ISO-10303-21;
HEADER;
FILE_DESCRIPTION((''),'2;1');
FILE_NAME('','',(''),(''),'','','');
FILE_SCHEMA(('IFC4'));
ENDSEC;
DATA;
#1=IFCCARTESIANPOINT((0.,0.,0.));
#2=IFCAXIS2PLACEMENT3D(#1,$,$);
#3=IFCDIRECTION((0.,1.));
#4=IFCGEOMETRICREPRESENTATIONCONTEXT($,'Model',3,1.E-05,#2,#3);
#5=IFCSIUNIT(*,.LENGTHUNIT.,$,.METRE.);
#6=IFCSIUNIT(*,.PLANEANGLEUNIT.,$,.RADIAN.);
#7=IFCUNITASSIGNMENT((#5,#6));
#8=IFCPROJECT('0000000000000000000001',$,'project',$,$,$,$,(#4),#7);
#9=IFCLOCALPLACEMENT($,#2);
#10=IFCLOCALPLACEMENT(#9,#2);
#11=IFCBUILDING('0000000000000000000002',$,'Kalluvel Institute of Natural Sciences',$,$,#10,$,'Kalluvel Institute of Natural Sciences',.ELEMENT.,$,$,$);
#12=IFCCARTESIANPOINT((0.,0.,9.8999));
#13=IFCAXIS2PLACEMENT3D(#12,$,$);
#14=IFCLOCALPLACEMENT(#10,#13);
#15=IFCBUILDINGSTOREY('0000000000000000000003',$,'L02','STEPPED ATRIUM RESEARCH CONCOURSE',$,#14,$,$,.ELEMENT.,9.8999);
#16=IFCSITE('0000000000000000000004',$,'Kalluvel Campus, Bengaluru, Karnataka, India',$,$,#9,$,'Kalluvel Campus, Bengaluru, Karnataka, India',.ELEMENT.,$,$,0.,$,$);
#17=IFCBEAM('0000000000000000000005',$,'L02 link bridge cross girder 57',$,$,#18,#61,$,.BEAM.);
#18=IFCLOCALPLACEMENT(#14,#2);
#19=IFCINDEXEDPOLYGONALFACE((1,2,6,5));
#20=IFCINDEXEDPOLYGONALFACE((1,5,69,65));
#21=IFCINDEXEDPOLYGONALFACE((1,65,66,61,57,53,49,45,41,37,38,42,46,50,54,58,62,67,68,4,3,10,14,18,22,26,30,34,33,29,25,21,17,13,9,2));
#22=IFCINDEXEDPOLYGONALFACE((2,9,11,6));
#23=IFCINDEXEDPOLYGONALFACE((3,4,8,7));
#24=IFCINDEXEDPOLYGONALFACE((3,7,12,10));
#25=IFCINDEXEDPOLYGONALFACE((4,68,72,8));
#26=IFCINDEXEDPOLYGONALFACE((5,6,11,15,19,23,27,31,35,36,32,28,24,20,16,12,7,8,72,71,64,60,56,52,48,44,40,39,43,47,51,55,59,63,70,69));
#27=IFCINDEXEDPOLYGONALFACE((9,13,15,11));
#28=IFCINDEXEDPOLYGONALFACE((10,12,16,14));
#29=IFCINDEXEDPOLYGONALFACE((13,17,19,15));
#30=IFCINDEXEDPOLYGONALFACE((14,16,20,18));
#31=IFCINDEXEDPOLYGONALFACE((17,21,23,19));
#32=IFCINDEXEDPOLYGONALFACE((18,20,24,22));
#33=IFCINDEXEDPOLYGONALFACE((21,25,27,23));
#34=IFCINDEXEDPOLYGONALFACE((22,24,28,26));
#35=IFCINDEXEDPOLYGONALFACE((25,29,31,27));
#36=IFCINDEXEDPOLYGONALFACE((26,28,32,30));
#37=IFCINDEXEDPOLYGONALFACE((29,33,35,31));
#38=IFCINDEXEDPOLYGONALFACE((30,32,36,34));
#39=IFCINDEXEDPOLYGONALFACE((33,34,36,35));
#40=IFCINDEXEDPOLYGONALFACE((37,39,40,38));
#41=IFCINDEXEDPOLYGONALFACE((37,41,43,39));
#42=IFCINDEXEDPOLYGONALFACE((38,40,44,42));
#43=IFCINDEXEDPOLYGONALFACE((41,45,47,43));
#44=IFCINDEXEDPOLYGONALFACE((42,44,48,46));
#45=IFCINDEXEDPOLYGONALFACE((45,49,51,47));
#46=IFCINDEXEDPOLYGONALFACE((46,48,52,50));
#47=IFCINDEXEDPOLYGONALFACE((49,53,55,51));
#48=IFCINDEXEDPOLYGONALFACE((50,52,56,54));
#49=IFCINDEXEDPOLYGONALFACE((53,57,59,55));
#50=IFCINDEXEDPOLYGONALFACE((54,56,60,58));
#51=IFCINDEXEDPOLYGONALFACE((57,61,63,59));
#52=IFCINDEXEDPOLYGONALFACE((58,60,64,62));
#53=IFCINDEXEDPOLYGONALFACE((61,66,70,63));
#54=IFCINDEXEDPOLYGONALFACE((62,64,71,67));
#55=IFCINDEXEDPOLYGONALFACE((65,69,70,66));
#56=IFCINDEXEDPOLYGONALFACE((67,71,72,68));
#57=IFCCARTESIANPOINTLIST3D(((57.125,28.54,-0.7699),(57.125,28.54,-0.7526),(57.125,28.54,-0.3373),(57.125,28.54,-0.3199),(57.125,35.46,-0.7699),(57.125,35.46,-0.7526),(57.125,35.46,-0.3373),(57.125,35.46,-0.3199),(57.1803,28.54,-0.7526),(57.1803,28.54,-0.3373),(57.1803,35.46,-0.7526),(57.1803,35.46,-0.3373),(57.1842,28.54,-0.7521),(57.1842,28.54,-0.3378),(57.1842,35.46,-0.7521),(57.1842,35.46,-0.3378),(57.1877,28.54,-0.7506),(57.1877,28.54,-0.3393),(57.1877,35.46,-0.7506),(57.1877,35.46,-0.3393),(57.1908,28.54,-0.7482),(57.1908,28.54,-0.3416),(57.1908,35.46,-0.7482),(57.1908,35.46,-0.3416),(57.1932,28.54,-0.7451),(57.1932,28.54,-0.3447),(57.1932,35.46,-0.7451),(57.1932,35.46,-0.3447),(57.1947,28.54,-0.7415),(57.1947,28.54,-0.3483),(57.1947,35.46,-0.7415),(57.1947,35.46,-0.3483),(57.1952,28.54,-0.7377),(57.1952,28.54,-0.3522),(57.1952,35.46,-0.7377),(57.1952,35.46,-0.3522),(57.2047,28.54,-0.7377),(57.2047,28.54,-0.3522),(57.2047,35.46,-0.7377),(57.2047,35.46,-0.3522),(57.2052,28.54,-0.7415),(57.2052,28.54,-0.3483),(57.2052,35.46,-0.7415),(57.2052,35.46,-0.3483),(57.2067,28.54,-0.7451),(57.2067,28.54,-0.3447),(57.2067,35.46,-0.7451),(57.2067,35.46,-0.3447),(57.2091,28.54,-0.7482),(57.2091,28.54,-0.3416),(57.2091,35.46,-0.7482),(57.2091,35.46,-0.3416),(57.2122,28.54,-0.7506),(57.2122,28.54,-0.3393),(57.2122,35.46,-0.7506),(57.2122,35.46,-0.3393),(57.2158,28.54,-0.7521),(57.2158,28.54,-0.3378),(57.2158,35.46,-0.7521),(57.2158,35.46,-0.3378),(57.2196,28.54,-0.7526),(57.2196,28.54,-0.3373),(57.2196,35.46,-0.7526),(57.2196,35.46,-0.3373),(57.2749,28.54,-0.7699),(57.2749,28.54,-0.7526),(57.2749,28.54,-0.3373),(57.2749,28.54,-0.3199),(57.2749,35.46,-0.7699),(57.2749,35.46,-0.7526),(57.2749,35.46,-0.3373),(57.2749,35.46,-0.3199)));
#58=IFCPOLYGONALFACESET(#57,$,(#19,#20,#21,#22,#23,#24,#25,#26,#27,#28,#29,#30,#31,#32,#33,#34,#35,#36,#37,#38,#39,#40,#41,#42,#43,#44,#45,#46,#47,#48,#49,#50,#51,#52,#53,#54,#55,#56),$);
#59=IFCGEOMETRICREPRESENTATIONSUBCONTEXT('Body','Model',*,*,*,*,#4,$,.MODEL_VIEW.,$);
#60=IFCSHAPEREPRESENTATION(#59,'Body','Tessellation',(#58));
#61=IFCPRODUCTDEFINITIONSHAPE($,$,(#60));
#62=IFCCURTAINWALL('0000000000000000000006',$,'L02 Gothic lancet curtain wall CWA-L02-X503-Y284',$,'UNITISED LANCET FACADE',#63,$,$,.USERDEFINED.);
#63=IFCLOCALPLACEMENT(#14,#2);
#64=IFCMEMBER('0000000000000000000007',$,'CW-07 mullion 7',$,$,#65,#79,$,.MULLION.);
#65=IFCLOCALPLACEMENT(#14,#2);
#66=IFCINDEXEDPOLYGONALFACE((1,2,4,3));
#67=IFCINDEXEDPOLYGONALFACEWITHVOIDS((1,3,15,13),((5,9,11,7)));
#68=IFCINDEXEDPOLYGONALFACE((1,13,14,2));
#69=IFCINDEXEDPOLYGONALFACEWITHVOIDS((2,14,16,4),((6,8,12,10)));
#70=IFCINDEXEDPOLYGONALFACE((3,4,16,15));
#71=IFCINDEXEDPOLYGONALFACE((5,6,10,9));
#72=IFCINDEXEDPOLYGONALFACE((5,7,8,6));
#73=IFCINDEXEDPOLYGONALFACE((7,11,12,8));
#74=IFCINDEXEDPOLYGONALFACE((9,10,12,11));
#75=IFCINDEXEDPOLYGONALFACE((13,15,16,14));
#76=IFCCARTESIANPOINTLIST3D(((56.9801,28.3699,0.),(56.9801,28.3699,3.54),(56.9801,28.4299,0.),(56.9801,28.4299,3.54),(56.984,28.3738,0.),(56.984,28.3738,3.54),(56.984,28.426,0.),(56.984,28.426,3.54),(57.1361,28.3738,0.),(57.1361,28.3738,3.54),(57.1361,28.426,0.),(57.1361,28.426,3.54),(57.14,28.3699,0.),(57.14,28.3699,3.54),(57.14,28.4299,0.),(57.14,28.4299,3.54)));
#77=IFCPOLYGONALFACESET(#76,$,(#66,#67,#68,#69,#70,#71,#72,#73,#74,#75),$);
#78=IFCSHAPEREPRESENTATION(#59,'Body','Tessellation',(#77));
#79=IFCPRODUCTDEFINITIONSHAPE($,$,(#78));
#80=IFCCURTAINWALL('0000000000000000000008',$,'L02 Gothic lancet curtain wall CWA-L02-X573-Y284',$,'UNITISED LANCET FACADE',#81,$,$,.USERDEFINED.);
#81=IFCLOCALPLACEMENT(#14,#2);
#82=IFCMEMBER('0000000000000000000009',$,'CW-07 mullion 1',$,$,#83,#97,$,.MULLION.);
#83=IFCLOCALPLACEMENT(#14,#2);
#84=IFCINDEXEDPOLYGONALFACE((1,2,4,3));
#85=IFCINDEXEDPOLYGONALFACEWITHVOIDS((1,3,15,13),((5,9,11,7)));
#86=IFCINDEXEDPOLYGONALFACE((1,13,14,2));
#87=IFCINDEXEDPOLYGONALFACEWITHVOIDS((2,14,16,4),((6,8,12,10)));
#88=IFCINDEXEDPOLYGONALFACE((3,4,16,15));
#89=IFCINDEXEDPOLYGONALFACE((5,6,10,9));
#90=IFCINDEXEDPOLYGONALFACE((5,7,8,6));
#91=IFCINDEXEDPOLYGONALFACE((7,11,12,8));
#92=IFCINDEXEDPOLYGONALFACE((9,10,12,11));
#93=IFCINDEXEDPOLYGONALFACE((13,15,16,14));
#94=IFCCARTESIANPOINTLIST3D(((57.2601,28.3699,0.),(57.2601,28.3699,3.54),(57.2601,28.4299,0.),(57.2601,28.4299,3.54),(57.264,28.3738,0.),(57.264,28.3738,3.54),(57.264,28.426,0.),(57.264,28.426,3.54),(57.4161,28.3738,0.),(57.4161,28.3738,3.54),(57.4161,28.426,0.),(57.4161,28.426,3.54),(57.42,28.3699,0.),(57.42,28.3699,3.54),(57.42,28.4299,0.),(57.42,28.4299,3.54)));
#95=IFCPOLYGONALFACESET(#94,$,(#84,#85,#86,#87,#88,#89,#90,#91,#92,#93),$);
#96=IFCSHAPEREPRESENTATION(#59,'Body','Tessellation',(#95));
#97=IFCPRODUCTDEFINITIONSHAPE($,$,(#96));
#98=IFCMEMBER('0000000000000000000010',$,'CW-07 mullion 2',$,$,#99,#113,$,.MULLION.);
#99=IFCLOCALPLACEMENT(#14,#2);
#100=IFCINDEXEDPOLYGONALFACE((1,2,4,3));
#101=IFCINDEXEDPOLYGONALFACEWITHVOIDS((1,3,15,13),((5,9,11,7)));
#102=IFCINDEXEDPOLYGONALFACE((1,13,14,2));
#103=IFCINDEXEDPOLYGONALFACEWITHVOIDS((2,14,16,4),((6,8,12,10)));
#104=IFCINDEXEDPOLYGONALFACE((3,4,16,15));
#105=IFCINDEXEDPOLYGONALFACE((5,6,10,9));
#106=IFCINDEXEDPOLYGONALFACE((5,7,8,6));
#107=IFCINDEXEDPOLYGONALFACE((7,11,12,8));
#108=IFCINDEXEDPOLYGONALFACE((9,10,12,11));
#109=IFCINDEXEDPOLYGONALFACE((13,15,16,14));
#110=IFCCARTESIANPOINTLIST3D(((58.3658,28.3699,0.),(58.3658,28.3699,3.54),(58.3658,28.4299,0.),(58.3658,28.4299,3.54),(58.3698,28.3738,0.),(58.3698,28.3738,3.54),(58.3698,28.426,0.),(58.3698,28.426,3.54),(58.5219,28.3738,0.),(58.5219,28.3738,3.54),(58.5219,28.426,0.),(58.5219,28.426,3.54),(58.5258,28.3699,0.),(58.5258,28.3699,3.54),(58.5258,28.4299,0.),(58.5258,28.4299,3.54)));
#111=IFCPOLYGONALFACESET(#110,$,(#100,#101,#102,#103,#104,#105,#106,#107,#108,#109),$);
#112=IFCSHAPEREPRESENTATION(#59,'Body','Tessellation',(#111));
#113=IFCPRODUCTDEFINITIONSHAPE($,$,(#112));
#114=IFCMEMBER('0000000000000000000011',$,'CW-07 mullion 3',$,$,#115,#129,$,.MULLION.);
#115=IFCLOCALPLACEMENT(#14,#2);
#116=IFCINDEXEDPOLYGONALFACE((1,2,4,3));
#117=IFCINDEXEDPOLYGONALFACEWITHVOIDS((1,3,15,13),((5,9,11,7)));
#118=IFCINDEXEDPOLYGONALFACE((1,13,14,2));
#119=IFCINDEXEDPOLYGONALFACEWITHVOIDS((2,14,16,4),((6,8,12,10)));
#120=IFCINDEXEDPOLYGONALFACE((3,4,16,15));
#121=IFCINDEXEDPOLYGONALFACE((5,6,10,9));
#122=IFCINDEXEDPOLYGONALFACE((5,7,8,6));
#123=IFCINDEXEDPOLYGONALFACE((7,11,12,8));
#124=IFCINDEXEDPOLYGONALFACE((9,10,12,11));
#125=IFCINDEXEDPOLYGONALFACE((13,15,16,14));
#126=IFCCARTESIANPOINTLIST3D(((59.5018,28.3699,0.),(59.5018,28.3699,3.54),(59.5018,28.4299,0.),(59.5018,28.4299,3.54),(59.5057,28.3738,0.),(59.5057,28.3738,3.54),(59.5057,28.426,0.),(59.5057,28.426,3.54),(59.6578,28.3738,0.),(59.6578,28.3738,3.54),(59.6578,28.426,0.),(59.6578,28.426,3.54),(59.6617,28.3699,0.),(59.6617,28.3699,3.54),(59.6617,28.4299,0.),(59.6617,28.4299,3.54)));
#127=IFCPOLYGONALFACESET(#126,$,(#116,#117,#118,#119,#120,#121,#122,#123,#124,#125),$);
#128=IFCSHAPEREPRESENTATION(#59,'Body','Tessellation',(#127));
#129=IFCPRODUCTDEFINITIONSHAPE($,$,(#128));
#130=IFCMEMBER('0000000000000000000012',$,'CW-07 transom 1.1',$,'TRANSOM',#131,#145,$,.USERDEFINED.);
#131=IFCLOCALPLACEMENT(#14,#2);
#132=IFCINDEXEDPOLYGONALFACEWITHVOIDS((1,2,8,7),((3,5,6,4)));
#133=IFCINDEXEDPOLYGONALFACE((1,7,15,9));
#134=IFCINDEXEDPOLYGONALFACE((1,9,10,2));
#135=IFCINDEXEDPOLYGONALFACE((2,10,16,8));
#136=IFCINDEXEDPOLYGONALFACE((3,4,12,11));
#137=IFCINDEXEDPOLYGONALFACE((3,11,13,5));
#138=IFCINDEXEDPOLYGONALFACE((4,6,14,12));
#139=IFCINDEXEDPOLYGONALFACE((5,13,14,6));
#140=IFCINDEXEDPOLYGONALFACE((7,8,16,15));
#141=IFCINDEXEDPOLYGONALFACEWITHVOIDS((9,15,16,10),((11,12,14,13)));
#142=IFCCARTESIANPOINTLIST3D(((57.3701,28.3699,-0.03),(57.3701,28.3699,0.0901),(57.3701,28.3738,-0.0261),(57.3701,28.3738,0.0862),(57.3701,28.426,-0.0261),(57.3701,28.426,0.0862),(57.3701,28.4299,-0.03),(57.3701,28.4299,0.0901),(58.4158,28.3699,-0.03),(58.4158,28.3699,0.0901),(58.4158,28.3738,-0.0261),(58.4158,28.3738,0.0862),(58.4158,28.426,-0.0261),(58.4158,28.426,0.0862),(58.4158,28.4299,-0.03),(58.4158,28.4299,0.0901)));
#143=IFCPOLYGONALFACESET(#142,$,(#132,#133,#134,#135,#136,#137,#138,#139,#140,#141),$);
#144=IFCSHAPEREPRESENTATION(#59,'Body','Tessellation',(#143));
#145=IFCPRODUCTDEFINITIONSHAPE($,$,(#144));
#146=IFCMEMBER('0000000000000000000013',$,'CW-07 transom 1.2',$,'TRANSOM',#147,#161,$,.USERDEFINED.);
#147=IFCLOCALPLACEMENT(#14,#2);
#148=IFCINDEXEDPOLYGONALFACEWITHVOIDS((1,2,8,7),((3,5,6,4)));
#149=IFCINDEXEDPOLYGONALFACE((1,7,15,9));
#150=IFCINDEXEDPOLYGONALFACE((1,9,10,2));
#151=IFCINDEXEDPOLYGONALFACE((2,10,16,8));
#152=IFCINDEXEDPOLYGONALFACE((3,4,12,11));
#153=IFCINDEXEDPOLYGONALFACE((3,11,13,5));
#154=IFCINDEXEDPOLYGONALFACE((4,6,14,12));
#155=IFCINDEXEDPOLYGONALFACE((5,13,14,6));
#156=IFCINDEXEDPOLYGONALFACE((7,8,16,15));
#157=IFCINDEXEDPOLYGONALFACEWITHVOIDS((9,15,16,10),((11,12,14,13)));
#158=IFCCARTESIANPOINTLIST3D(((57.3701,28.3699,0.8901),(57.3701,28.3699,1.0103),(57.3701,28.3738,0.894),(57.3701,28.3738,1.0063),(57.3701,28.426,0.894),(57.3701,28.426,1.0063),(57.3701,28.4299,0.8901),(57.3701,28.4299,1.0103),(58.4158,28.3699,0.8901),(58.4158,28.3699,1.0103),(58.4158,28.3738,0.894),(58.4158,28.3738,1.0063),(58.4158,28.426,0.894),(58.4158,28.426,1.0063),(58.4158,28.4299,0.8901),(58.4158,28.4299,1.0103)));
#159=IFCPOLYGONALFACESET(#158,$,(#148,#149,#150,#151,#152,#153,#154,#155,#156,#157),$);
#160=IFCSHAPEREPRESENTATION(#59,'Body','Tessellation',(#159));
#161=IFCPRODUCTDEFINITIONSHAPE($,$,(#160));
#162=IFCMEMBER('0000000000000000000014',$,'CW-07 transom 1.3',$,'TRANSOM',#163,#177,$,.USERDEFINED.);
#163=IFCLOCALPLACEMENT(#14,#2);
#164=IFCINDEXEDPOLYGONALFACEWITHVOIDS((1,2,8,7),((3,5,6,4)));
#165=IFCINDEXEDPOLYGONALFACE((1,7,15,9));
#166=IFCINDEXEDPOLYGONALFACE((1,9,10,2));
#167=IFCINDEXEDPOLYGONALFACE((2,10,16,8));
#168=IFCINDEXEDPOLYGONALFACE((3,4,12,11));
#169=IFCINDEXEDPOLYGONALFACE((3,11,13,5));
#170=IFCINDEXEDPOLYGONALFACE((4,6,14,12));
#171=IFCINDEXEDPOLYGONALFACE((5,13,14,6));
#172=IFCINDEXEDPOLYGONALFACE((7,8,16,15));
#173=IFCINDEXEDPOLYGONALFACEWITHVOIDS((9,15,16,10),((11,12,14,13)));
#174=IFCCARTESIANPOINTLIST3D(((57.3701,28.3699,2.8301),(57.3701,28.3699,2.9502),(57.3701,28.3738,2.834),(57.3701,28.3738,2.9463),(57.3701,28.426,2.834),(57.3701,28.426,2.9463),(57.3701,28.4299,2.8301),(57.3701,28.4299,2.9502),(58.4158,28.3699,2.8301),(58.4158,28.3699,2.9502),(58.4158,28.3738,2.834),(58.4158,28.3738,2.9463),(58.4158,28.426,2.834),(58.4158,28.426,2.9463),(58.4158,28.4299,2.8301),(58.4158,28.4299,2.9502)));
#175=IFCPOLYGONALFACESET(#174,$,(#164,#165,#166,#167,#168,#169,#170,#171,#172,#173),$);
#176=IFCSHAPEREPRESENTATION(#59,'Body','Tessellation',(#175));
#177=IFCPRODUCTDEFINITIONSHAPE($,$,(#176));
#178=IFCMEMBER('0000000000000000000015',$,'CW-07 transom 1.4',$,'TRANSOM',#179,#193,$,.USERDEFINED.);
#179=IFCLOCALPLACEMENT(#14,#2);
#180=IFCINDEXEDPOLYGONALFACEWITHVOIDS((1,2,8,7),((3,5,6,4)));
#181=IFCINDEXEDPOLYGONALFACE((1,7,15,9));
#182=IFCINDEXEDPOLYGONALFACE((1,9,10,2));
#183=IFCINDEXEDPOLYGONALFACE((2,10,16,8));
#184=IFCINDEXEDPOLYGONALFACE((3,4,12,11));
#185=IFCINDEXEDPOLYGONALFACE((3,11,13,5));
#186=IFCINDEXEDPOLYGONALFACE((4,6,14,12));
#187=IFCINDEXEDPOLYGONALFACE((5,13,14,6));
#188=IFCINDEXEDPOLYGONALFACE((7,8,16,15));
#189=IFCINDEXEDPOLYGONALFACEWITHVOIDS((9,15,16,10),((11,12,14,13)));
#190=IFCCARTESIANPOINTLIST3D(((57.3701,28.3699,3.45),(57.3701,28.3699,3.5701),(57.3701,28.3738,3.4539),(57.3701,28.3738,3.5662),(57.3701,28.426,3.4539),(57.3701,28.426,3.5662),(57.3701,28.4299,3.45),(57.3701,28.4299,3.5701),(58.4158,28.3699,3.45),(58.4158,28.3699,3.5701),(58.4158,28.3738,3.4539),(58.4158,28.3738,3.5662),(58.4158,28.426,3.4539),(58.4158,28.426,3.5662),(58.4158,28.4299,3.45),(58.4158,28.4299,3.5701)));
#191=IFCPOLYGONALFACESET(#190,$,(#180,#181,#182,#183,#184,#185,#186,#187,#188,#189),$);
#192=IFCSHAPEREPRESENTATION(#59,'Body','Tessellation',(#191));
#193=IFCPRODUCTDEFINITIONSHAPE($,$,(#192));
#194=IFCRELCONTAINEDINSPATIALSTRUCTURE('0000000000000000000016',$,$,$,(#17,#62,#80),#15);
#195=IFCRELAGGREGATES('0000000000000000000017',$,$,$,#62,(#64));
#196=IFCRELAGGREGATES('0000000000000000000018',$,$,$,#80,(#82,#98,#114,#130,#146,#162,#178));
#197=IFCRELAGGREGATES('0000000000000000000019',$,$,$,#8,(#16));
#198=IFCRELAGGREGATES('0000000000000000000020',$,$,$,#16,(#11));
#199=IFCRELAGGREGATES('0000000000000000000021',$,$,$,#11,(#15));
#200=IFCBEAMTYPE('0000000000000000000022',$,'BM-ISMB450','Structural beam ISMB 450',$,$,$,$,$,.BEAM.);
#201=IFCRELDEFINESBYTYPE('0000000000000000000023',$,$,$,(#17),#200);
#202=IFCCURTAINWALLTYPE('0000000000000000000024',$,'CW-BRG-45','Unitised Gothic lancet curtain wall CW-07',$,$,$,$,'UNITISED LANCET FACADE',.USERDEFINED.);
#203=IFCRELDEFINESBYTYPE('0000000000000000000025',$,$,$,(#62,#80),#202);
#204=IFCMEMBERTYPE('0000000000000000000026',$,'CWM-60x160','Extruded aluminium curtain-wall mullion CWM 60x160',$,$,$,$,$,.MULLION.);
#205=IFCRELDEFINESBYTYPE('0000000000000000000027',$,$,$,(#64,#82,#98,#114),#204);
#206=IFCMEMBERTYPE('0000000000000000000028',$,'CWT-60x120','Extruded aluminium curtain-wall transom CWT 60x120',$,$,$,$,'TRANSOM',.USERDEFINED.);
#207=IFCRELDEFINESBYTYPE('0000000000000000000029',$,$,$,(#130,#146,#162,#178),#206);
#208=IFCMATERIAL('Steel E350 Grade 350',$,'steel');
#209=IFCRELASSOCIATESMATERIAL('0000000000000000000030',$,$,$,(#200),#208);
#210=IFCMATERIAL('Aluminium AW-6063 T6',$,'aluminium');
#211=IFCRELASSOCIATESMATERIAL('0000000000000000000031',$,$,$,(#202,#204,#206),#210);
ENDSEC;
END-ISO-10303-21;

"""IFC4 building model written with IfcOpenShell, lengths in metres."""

from ifc_helpers import new_model, si_unit, direction, frame, origin, origin_2d, place, context, subcontext, project, spatial, hollow_rectangle, i_section, extrude, material, material_profile, profile_set, type_object, element, aggregate, save


model = new_model("IFC4")

# Units and contexts
model_context = context("Model", 3, precision=1e-05, world=origin(), true_north=direction((0.0, 1.0)))
body_context = subcontext(model_context, "Body", "Model", "MODEL_VIEW")
ifc_project = project(units=[si_unit("LENGTHUNIT", "METRE"), si_unit("PLANEANGLEUNIT", "RADIAN")], contexts=[model_context])

# Site, building, storey
site_placement = place(None, origin())
site = spatial("IfcSite", under=ifc_project, at=site_placement, Name="Kalluvel Campus, Bengaluru, Karnataka, India", LongName="Kalluvel Campus, Bengaluru, Karnataka, India", CompositionType="ELEMENT", RefElevation=0.0)
building_placement = place(site_placement, origin())
building = spatial("IfcBuilding", under=site, at=building_placement, Name="Kalluvel Institute of Natural Sciences", LongName="Kalluvel Institute of Natural Sciences", CompositionType="ELEMENT")
storey_placement = place(building_placement, frame((0.0, 0.0, 9.8999)))
storey = spatial("IfcBuildingStorey", under=building, at=storey_placement, Name="L02", Description="STEPPED ATRIUM RESEARCH CONCOURSE", CompositionType="ELEMENT", Elevation=9.8999)

# Beam
ifc_material_1 = material(Name="Steel E350 Grade 350", Category="steel")
ifc_material_profile_1 = material_profile(ifc_material_1, i_section(OverallWidth=0.1499, OverallDepth=0.45, WebThickness=0.0095, FlangeThickness=0.0173, FilletRadius=0.0149, at=origin_2d()), Name="ISMB 450")
ifc_profile_set_1 = profile_set([ifc_material_profile_1], Name="Steel E350 Grade 350")
beam_type = type_object("IfcBeamType", Name="BM-ISMB450", Description="Structural beam ISMB 450", PredefinedType="BEAM", material=ifc_profile_set_1)
beam_placement = place(storey_placement, frame((57.2, 28.54, -0.5449), z_axis=(0.0, 1.0, 0.0), x_axis=(-1.0, 0.0, 0.0)))
element("IfcBeam", 1, at=beam_placement, inside=storey, type_object=beam_type, Name="L02 link bridge cross girder 57", PredefinedType="BEAM", context=body_context, shape_type="SweptSolid", body=[
    extrude(i_section(OverallWidth=0.1499, OverallDepth=0.45, WebThickness=0.0095, FlangeThickness=0.0173, FilletRadius=0.0149, at=origin_2d()), origin(), (0.0, 0.0, 1.0), 6.9199),
])

# Curtain wall, member
ifc_material_2 = material(Name="Aluminium AW-6063 T6", Category="aluminium")
curtain_wall_type = type_object("IfcCurtainWallType", Name="CW-BRG-45", Description="Unitised Gothic lancet curtain wall CW-07", ElementType="UNITISED LANCET FACADE", PredefinedType="USERDEFINED", material=ifc_material_2)
curtain_wall_1_placement = place(storey_placement, origin())
curtain_wall_1 = element("IfcCurtainWall", 2, at=curtain_wall_1_placement, inside=storey, type_object=curtain_wall_type, Name="L02 Gothic lancet curtain wall CWA-L02-X503-Y284", ObjectType="UNITISED LANCET FACADE", PredefinedType="USERDEFINED")
ifc_material_profile_2 = material_profile(ifc_material_2, hollow_rectangle(XDim=0.0601, YDim=0.1599, WallThickness=0.0039, at=origin_2d()), Name="CWM 60x160")
ifc_profile_set_2 = profile_set([ifc_material_profile_2], Name="Aluminium AW-6063 T6")
member_type_1 = type_object("IfcMemberType", Name="CWM-60x160", Description="Extruded aluminium curtain-wall mullion CWM 60x160", PredefinedType="MULLION", material=ifc_profile_set_2)
member_1_placement = place(storey_placement, frame((57.0601, 28.3999, 0.0), z_axis=(0.0, 0.0, 1.0), x_axis=(0.0, 1.0, 0.0)))
member_1 = element("IfcMember", 3, at=member_1_placement, type_object=member_type_1, Name="CW-07 mullion 7", PredefinedType="MULLION", context=body_context, shape_type="SweptSolid", body=[
    extrude(hollow_rectangle(XDim=0.0601, YDim=0.1599, WallThickness=0.0039, at=origin_2d()), origin(), (0.0, 0.0, 1.0), 3.54),
])

# Curtain wall, members
curtain_wall_2_placement = place(storey_placement, origin())
curtain_wall_2 = element("IfcCurtainWall", 4, at=curtain_wall_2_placement, inside=storey, type_object=curtain_wall_type, Name="L02 Gothic lancet curtain wall CWA-L02-X573-Y284", ObjectType="UNITISED LANCET FACADE", PredefinedType="USERDEFINED")
member_2_placement = place(storey_placement, frame((57.3401, 28.3999, 0.0), z_axis=(0.0, 0.0, 1.0), x_axis=(0.0, 1.0, 0.0)))
member_2 = element("IfcMember", 5, at=member_2_placement, type_object=member_type_1, Name="CW-07 mullion 1", PredefinedType="MULLION", context=body_context, shape_type="SweptSolid", body=[
    extrude(hollow_rectangle(XDim=0.0601, YDim=0.1599, WallThickness=0.0039, at=origin_2d()), origin(), (0.0, 0.0, 1.0), 3.54),
])
member_3_placement = place(storey_placement, frame((58.4458, 28.3999, 0.0), z_axis=(0.0, 0.0, 1.0), x_axis=(0.0, 1.0, 0.0)))
member_3 = element("IfcMember", 6, at=member_3_placement, type_object=member_type_1, Name="CW-07 mullion 2", PredefinedType="MULLION", context=body_context, shape_type="SweptSolid", body=[
    extrude(hollow_rectangle(XDim=0.0601, YDim=0.1599, WallThickness=0.0039, at=origin_2d()), origin(), (0.0, 0.0, 1.0), 3.54),
])
member_4_placement = place(storey_placement, frame((59.5818, 28.3999, 0.0), z_axis=(0.0, 0.0, 1.0), x_axis=(0.0, 1.0, 0.0)))
member_4 = element("IfcMember", 7, at=member_4_placement, type_object=member_type_1, Name="CW-07 mullion 3", PredefinedType="MULLION", context=body_context, shape_type="SweptSolid", body=[
    extrude(hollow_rectangle(XDim=0.0601, YDim=0.1599, WallThickness=0.0039, at=origin_2d()), origin(), (0.0, 0.0, 1.0), 3.54),
])
ifc_material_profile_3 = material_profile(ifc_material_2, hollow_rectangle(XDim=0.0601, YDim=0.1201, WallThickness=0.0039, at=origin_2d()), Name="CWT 60x120")
ifc_profile_set_3 = profile_set([ifc_material_profile_3], Name="Aluminium AW-6063 T6")
member_type_2 = type_object("IfcMemberType", Name="CWT-60x120", Description="Extruded aluminium curtain-wall transom CWT 60x120", ElementType="TRANSOM", PredefinedType="USERDEFINED", material=ifc_profile_set_3)
member_5_placement = place(storey_placement, frame((57.3701, 28.3999, 0.03), z_axis=(1.0, 0.0, 0.0), x_axis=(0.0, 1.0, 0.0)))
member_5 = element("IfcMember", 8, at=member_5_placement, type_object=member_type_2, Name="CW-07 transom 1.1", ObjectType="TRANSOM", PredefinedType="USERDEFINED", context=body_context, shape_type="SweptSolid", body=[
    extrude(hollow_rectangle(XDim=0.0601, YDim=0.1201, WallThickness=0.0039, at=origin_2d()), origin(), (0.0, 0.0, 1.0), 1.0457),
])
member_6_placement = place(storey_placement, frame((57.3701, 28.3999, 0.9502), z_axis=(1.0, 0.0, 0.0), x_axis=(0.0, 1.0, 0.0)))
member_6 = element("IfcMember", 9, at=member_6_placement, type_object=member_type_2, Name="CW-07 transom 1.2", ObjectType="TRANSOM", PredefinedType="USERDEFINED", context=body_context, shape_type="SweptSolid", body=[
    extrude(hollow_rectangle(XDim=0.0601, YDim=0.1201, WallThickness=0.0039, at=origin_2d()), origin(), (0.0, 0.0, 1.0), 1.0457),
])
member_7_placement = place(storey_placement, frame((57.3701, 28.3999, 2.8901), z_axis=(1.0, 0.0, 0.0), x_axis=(0.0, 1.0, 0.0)))
member_7 = element("IfcMember", 10, at=member_7_placement, type_object=member_type_2, Name="CW-07 transom 1.3", ObjectType="TRANSOM", PredefinedType="USERDEFINED", context=body_context, shape_type="SweptSolid", body=[
    extrude(hollow_rectangle(XDim=0.0601, YDim=0.1201, WallThickness=0.0039, at=origin_2d()), origin(), (0.0, 0.0, 1.0), 1.0457),
])
member_8_placement = place(storey_placement, frame((57.3701, 28.3999, 3.51), z_axis=(1.0, 0.0, 0.0), x_axis=(0.0, 1.0, 0.0)))
member_8 = element("IfcMember", 11, at=member_8_placement, type_object=member_type_2, Name="CW-07 transom 1.4", ObjectType="TRANSOM", PredefinedType="USERDEFINED", context=body_context, shape_type="SweptSolid", body=[
    extrude(hollow_rectangle(XDim=0.0601, YDim=0.1201, WallThickness=0.0039, at=origin_2d()), origin(), (0.0, 0.0, 1.0), 1.0457),
])

aggregate(curtain_wall_1, [member_1])
aggregate(curtain_wall_2, [member_2, member_3, member_4, member_5, member_6, member_7, member_8])

save(model, "model.ifc")
